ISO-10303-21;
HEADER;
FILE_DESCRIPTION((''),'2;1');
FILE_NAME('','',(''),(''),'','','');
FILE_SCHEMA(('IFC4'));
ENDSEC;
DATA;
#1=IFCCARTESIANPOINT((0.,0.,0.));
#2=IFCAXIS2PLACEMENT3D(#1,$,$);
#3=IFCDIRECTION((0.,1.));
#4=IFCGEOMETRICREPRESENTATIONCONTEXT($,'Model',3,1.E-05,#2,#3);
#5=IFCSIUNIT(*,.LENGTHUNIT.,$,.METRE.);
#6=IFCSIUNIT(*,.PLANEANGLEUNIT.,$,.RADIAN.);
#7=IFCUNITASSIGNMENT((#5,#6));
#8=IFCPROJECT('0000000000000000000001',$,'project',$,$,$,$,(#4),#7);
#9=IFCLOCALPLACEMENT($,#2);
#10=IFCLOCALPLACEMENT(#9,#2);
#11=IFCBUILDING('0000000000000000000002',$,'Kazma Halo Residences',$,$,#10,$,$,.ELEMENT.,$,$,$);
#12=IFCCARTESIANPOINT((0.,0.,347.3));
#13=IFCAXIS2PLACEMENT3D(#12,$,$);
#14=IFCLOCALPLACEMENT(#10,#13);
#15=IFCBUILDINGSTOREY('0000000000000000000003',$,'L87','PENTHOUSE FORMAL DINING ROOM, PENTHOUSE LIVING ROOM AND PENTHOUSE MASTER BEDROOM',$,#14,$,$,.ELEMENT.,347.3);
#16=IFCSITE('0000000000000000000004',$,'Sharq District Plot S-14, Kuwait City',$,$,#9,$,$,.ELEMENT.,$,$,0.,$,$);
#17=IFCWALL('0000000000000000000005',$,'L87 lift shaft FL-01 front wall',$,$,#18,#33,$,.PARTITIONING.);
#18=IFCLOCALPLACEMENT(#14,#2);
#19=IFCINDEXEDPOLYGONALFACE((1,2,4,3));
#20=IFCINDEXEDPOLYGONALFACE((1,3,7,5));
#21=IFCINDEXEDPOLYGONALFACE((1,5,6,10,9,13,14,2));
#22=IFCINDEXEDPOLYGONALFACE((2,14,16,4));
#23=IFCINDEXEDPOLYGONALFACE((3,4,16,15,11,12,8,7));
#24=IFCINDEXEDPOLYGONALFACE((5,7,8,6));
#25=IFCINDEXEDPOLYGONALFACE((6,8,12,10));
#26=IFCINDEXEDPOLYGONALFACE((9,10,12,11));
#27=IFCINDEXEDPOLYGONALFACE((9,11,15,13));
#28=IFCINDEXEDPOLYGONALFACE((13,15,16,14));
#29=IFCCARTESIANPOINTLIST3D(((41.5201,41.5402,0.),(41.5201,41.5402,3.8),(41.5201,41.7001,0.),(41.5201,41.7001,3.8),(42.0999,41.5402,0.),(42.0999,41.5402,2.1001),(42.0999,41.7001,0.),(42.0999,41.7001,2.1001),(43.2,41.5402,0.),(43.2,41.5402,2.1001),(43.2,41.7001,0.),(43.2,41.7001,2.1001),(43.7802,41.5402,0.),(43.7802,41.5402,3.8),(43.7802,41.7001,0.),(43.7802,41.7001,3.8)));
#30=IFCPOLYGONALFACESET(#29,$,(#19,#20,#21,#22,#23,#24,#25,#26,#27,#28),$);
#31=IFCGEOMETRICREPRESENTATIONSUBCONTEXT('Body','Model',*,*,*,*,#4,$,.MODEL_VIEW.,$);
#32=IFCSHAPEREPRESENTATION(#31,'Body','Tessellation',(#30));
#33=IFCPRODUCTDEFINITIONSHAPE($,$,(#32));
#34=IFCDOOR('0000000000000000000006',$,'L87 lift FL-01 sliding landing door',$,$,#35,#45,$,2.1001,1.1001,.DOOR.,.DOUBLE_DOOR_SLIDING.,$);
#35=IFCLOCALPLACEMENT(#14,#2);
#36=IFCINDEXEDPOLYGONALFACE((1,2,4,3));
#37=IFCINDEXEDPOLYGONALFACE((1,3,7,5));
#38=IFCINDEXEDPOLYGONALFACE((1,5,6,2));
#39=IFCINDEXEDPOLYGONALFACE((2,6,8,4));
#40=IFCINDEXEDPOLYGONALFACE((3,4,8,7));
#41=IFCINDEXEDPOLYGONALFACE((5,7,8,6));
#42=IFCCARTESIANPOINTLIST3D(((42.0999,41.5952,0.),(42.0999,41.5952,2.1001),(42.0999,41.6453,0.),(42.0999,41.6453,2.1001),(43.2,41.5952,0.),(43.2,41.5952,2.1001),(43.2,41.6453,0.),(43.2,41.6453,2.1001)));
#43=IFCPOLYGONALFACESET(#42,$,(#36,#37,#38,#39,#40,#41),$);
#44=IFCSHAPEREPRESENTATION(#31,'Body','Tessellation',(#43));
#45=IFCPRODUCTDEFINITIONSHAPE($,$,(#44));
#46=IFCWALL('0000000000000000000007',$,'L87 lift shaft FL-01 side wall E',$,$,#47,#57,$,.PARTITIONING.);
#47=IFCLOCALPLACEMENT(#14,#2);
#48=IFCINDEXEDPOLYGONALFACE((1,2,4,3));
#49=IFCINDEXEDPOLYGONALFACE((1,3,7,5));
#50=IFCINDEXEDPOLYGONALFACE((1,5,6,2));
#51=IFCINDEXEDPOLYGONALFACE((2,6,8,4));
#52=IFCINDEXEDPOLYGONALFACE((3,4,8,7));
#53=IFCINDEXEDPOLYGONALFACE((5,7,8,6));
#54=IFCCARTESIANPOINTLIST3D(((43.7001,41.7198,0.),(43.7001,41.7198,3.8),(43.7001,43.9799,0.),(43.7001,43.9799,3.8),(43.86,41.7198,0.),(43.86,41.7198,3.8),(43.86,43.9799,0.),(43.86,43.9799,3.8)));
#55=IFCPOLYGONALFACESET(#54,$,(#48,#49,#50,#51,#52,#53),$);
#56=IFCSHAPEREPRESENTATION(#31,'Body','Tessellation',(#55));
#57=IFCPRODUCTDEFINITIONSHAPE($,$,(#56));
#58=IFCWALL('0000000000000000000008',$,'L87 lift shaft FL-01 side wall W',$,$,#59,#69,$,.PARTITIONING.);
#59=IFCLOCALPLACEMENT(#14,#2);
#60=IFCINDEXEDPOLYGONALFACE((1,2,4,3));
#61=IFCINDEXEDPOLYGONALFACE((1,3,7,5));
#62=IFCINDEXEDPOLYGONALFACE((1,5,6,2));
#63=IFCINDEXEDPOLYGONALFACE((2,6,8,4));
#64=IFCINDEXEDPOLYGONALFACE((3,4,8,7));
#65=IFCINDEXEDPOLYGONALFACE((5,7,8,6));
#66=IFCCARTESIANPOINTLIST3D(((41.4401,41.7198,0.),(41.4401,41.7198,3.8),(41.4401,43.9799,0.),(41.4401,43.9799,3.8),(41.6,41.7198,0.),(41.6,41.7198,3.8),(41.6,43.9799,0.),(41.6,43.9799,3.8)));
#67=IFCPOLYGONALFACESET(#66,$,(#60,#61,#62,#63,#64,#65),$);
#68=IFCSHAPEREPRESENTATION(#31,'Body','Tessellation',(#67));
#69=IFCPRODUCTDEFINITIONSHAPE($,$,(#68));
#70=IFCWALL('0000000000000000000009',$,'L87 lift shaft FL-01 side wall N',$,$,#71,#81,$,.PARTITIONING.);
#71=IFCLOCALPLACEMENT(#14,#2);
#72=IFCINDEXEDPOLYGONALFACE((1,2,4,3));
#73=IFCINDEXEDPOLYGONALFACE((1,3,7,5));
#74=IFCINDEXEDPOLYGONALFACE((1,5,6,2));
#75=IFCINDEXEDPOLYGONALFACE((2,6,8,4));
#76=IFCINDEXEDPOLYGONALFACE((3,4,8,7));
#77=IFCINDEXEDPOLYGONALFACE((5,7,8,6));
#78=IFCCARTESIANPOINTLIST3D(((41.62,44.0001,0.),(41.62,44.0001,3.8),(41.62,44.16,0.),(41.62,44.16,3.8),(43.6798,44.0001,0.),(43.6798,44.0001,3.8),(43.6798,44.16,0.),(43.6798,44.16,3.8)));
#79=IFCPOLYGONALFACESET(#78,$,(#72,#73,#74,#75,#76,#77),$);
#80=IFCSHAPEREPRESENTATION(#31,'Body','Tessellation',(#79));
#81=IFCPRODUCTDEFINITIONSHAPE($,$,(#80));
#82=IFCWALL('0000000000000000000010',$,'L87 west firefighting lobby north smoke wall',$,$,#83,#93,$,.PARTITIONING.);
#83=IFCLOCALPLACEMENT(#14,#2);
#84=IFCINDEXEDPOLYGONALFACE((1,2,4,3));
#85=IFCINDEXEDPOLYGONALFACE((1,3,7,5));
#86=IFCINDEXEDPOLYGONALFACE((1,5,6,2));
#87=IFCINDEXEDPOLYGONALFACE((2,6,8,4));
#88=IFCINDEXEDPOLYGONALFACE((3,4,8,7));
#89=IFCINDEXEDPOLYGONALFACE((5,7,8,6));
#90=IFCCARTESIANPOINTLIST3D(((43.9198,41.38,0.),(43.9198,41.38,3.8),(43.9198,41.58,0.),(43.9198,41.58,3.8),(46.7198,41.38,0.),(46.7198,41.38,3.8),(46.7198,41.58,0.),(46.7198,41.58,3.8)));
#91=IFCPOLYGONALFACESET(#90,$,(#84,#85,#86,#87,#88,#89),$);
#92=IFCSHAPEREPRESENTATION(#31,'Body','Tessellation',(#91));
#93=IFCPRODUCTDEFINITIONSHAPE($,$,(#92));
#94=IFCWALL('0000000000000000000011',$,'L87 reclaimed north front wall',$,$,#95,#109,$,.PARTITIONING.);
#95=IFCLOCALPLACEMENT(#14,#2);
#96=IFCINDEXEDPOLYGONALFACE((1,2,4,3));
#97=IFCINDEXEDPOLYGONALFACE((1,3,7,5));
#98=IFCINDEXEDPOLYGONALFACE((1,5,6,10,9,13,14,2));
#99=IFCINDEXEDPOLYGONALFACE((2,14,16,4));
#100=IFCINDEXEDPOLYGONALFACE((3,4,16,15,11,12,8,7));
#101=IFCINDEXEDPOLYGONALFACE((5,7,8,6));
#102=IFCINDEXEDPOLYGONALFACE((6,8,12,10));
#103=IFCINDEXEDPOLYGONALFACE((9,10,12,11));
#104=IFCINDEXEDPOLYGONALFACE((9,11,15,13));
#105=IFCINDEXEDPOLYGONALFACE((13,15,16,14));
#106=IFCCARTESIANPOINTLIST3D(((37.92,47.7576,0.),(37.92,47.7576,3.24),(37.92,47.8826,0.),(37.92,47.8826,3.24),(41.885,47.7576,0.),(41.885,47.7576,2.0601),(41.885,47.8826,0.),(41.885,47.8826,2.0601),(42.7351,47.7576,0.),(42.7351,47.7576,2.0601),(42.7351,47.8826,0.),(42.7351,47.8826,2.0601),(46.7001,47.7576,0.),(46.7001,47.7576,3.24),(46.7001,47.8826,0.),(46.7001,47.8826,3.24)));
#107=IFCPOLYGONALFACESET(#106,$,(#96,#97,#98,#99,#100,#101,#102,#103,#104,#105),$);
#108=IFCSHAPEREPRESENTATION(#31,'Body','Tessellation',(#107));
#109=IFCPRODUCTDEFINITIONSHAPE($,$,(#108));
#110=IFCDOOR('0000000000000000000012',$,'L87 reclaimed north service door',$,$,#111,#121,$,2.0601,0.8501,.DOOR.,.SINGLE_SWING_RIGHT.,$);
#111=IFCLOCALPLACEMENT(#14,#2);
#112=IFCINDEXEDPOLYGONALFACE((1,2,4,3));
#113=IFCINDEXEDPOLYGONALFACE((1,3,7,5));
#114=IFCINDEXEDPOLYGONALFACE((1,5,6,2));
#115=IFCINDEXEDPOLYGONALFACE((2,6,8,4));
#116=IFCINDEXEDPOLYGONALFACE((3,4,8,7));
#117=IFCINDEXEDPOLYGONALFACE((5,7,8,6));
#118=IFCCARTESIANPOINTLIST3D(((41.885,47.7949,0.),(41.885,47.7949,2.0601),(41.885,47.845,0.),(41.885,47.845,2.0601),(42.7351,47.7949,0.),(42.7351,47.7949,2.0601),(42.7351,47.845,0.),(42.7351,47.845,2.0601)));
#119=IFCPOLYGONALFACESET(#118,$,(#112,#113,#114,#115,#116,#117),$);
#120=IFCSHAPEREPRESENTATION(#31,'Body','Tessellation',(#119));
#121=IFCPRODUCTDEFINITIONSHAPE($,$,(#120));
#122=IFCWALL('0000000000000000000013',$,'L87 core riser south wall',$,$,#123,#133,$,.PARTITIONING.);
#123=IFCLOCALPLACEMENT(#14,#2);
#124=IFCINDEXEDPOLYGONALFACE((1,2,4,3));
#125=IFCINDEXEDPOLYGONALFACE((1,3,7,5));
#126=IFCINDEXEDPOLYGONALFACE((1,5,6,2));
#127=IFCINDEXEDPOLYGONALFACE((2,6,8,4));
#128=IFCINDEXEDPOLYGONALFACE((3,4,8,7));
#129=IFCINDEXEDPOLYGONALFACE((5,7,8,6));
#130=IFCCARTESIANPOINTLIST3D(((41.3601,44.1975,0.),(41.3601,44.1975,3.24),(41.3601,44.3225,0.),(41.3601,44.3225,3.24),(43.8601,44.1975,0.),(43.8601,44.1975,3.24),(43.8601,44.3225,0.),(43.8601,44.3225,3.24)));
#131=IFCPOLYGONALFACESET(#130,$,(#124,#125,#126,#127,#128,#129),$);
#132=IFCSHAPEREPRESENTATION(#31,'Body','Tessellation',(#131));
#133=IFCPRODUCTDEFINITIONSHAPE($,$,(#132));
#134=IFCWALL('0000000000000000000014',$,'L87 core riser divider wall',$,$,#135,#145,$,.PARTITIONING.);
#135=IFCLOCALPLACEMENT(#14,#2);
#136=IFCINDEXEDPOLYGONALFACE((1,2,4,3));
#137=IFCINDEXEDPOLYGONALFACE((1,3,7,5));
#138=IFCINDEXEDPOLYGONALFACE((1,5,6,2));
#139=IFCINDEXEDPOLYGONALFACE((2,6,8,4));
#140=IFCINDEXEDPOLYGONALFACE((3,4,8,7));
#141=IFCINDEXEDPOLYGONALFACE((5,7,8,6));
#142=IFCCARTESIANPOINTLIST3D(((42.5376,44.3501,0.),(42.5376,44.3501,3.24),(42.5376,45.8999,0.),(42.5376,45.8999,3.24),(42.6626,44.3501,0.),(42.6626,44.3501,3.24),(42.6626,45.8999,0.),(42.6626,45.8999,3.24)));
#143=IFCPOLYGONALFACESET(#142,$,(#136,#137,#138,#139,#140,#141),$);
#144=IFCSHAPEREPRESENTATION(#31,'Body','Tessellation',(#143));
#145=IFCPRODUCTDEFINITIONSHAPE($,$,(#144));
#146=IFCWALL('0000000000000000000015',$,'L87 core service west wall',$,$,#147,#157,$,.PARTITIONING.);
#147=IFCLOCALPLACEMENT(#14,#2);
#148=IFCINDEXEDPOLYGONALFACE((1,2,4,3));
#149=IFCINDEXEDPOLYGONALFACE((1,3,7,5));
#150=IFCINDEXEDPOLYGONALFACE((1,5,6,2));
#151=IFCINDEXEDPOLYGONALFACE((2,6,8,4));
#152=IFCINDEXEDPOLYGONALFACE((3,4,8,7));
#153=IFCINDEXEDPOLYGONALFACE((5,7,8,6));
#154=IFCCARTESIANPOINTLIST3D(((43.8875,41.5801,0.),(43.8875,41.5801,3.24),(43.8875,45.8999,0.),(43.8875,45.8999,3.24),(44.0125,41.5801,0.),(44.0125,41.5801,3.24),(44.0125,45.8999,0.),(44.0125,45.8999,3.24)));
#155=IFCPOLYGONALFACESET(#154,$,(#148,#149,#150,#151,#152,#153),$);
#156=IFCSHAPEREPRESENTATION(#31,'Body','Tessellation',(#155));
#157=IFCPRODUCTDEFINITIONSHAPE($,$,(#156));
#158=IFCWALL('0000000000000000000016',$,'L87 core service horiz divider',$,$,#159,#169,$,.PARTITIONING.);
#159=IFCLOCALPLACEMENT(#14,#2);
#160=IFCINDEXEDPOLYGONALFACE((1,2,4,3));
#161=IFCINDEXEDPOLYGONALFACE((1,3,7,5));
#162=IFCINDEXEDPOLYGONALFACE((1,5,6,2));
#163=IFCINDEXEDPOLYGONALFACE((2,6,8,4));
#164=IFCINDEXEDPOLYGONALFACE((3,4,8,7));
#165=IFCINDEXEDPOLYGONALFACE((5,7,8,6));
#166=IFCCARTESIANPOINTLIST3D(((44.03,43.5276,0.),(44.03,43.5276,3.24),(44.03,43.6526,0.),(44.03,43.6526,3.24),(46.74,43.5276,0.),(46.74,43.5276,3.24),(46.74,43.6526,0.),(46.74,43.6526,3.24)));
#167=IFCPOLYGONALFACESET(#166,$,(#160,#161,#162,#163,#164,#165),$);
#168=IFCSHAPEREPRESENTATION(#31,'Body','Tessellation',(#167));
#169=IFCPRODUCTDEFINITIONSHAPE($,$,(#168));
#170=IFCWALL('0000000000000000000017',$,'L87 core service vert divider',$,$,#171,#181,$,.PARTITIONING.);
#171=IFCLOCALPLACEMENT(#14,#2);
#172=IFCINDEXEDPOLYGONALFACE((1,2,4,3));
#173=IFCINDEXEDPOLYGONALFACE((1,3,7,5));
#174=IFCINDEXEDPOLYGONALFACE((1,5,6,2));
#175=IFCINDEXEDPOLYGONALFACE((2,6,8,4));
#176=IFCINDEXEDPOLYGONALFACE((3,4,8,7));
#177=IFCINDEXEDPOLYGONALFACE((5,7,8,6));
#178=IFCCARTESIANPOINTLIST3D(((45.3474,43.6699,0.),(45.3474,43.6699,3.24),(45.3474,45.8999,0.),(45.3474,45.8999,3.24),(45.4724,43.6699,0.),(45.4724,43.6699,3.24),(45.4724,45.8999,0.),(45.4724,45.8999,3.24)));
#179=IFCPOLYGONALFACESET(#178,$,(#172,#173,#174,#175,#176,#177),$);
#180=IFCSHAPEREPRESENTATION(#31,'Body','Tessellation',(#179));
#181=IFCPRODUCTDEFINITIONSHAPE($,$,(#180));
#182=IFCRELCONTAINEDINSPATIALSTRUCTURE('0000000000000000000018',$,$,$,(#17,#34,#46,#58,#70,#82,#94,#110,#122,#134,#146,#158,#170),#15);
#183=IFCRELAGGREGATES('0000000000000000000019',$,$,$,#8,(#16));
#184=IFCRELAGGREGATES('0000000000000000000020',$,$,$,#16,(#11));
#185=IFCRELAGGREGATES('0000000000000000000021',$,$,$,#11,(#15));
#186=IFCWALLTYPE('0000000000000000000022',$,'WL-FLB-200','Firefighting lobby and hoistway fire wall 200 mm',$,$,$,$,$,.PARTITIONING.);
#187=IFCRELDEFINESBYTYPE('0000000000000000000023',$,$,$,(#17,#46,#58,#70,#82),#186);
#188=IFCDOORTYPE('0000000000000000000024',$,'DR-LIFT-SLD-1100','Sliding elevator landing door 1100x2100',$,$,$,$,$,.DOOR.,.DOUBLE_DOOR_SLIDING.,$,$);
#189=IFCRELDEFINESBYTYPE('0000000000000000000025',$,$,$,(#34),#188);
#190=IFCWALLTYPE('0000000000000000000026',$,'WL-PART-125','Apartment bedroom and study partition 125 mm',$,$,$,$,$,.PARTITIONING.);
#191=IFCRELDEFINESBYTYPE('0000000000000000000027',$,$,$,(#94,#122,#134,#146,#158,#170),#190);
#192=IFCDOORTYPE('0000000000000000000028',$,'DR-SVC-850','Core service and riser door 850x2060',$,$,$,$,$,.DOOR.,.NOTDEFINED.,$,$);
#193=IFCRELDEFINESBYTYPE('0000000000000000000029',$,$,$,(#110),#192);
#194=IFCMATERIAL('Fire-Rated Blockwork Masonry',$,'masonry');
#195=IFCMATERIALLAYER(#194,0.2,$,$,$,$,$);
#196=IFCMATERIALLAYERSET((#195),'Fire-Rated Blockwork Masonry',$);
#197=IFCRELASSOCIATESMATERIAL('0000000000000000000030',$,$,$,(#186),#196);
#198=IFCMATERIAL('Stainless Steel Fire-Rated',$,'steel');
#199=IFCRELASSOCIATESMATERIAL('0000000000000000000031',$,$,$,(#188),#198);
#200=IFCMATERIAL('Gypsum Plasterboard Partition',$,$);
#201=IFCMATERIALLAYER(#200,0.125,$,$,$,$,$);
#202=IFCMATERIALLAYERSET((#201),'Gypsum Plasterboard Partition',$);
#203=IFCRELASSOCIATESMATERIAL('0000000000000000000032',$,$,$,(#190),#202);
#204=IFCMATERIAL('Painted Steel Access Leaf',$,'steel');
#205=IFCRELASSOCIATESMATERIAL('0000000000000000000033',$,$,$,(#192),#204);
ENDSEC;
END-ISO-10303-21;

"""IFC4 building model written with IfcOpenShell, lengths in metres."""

from ifc_helpers import new_model, si_unit, direction, frame, frame_2d, origin, place, context, subcontext, project, spatial, rectangle, extrude, material, layer, layer_set, type_object, element, fill, save


model = new_model("IFC4")

# Units and contexts
model_context = context("Model", 3, precision=1e-05, world=origin(), true_north=direction((0.0, 1.0)))
body_context = subcontext(model_context, "Body", "Model", "MODEL_VIEW")
ifc_project = project(units=[si_unit("LENGTHUNIT", "METRE"), si_unit("PLANEANGLEUNIT", "RADIAN")], contexts=[model_context])

# Site, building, storey
site_placement = place(None, origin())
site = spatial("IfcSite", under=ifc_project, at=site_placement, Name="Sharq District Plot S-14, Kuwait City", CompositionType="ELEMENT", RefElevation=0.0)
building_placement = place(site_placement, origin())
building = spatial("IfcBuilding", under=site, at=building_placement, Name="Kazma Halo Residences", CompositionType="ELEMENT")
storey_placement = place(building_placement, frame((0.0, 0.0, 347.3)))
storey = spatial("IfcBuildingStorey", under=building, at=storey_placement, Name="L87", Description="PENTHOUSE FORMAL DINING ROOM, PENTHOUSE LIVING ROOM AND PENTHOUSE MASTER BEDROOM", CompositionType="ELEMENT", Elevation=347.3)

# Wall, opening, door
ifc_material_1 = material(Name="Fire-Rated Blockwork Masonry", Category="masonry")
ifc_layer_1 = layer(ifc_material_1, 0.2)
ifc_layer_set_1 = layer_set([ifc_layer_1], Name="Fire-Rated Blockwork Masonry")
wall_type_1 = type_object("IfcWallType", Name="WL-FLB-200", Description="Firefighting lobby and hoistway fire wall 200 mm", PredefinedType="PARTITIONING", material=ifc_layer_set_1)
wall_1_placement = place(storey_placement, frame((43.78, 41.6201, 0.0), z_axis=(0.0, 0.0, 1.0), x_axis=(-1.0, 0.0, 0.0)))
wall_1 = element("IfcWall", 1, at=wall_1_placement, inside=storey, type_object=wall_type_1, Name="L87 lift shaft FL-01 front wall", PredefinedType="PARTITIONING", context=body_context, shape_type="SweptSolid", body=[
    extrude(rectangle(XDim=2.26, YDim=0.1599, at=frame_2d((1.1299, 0.0))), origin(), (0.0, 0.0, 1.0), 3.8),
])
opening_1_placement = place(wall_1_placement, frame((0.5801, 0.0, 0.0)))
opening_1 = element("IfcOpeningElement", 2, at=opening_1_placement, cuts=wall_1, PredefinedType="OPENING", context=body_context, shape_type="SweptSolid", body=[
    extrude(rectangle(XDim=1.1001, YDim=2.1001, at=frame_2d((0.55, 1.05))), frame((0.0, 0.0898, 0.0), z_axis=(0.0, -1.0, 0.0), x_axis=(1.0, 0.0, 0.0)), (0.0, 0.0, 1.0), 0.1799),
])
ifc_material_2 = material(Name="Stainless Steel Fire-Rated", Category="steel")
door_type_1 = type_object("IfcDoorType", Name="DR-LIFT-SLD-1100", Description="Sliding elevator landing door 1100x2100", OperationType="DOUBLE_DOOR_SLIDING", PredefinedType="DOOR", material=ifc_material_2)
door_1_placement = place(opening_1_placement, origin())
door_1 = element("IfcDoor", 3, at=door_1_placement, inside=storey, type_object=door_type_1, Name="L87 lift FL-01 sliding landing door", OperationType="DOUBLE_DOOR_SLIDING", OverallHeight=2.1001, OverallWidth=1.1001, PredefinedType="DOOR", context=body_context, shape_type="SweptSolid", body=[
    extrude(rectangle(XDim=1.1001, YDim=2.1001, at=frame_2d((0.55, 1.05))), frame((0.0, 0.0249, 0.0), z_axis=(0.0, -1.0, 0.0), x_axis=(1.0, 0.0, 0.0)), (0.0, 0.0, 1.0), 0.05),
])
fill(opening_1, door_1)

# Walls
for number, where, z_axis, x_axis, name in (
    (4, (43.78, 41.72, 0.0), (0.0, 0.0, 1.0), (0.0, 1.0, 0.0), "L87 lift shaft FL-01 side wall E"),
    (5, (41.52, 41.72, 0.0), (0.0, 0.0, 1.0), (0.0, 1.0, 0.0), "L87 lift shaft FL-01 side wall W"),
):
    element("IfcWall", number, at=place(storey_placement, frame(where, z_axis=z_axis, x_axis=x_axis)), inside=storey, type_object=wall_type_1, Name=name, PredefinedType="PARTITIONING", context=body_context, shape_type="SweptSolid", body=[
        extrude(rectangle(XDim=2.26, YDim=0.1599, at=frame_2d((1.1299, 0.0))), origin(), (0.0, 0.0, 1.0), 3.8),
    ])
wall_2_placement = place(storey_placement, frame((41.6201, 44.0801, 0.0), z_axis=(0.0, 0.0, 1.0), x_axis=(1.0, 0.0, 0.0)))
element("IfcWall", 6, at=wall_2_placement, inside=storey, type_object=wall_type_1, Name="L87 lift shaft FL-01 side wall N", PredefinedType="PARTITIONING", context=body_context, shape_type="SweptSolid", body=[
    extrude(rectangle(XDim=2.0598, YDim=0.1599, at=frame_2d((1.0298, 0.0))), origin(), (0.0, 0.0, 1.0), 3.8),
])
wall_3_placement = place(storey_placement, frame((43.9199, 41.48, 0.0), z_axis=(0.0, 0.0, 1.0), x_axis=(1.0, 0.0, 0.0)))
element("IfcWall", 7, at=wall_3_placement, inside=storey, type_object=wall_type_1, Name="L87 west firefighting lobby north smoke wall", PredefinedType="PARTITIONING", context=body_context, shape_type="SweptSolid", body=[
    extrude(rectangle(XDim=2.8, YDim=0.2, at=frame_2d((1.3999, 0.0))), origin(), (0.0, 0.0, 1.0), 3.8),
])

# Wall, opening, door
ifc_material_3 = material(Name="Gypsum Plasterboard Partition")
ifc_layer_2 = layer(ifc_material_3, 0.125)
ifc_layer_set_2 = layer_set([ifc_layer_2], Name="Gypsum Plasterboard Partition")
wall_type_2 = type_object("IfcWallType", Name="WL-PART-125", Description="Apartment bedroom and study partition 125 mm", PredefinedType="PARTITIONING", material=ifc_layer_set_2)
wall_4_placement = place(storey_placement, frame((37.9199, 47.8201, 0.0), z_axis=(0.0, 0.0, 1.0), x_axis=(1.0, 0.0, 0.0)))
wall_4 = element("IfcWall", 8, at=wall_4_placement, inside=storey, type_object=wall_type_2, Name="L87 reclaimed north front wall", PredefinedType="PARTITIONING", context=body_context, shape_type="SweptSolid", body=[
    extrude(rectangle(XDim=8.78, YDim=0.125, at=frame_2d((4.3901, 0.0))), origin(), (0.0, 0.0, 1.0), 3.24),
])
opening_2_placement = place(wall_4_placement, frame((3.9651, 0.0, 0.0)))
opening_2 = element("IfcOpeningElement", 9, at=opening_2_placement, cuts=wall_4, PredefinedType="OPENING", context=body_context, shape_type="SweptSolid", body=[
    extrude(rectangle(XDim=0.8501, YDim=2.0601, at=frame_2d((0.425, 1.03))), frame((0.0, 0.0725, 0.0), z_axis=(0.0, -1.0, 0.0), x_axis=(1.0, 0.0, 0.0)), (0.0, 0.0, 1.0), 0.145),
])
ifc_material_4 = material(Name="Painted Steel Access Leaf", Category="steel")
door_type_2 = type_object("IfcDoorType", Name="DR-SVC-850", Description="Core service and riser door 850x2060", OperationType="NOTDEFINED", PredefinedType="DOOR", material=ifc_material_4)
door_2_placement = place(opening_2_placement, origin())
door_2 = element("IfcDoor", 10, at=door_2_placement, inside=storey, type_object=door_type_2, Name="L87 reclaimed north service door", OperationType="SINGLE_SWING_RIGHT", OverallHeight=2.0601, OverallWidth=0.8501, PredefinedType="DOOR", context=body_context, shape_type="SweptSolid", body=[
    extrude(rectangle(XDim=0.8501, YDim=2.0601, at=frame_2d((0.425, 1.03))), frame((0.0, 0.0249, 0.0), z_axis=(0.0, -1.0, 0.0), x_axis=(1.0, 0.0, 0.0)), (0.0, 0.0, 1.0), 0.05),
])
fill(opening_2, door_2)

# Walls
wall_5_placement = place(storey_placement, frame((41.3601, 44.26, 0.0), z_axis=(0.0, 0.0, 1.0), x_axis=(1.0, 0.0, 0.0)))
element("IfcWall", 11, at=wall_5_placement, inside=storey, type_object=wall_type_2, Name="L87 core riser south wall", PredefinedType="PARTITIONING", context=body_context, shape_type="SweptSolid", body=[
    extrude(rectangle(XDim=2.5, YDim=0.125, at=frame_2d((1.25, 0.0))), origin(), (0.0, 0.0, 1.0), 3.24),
])
wall_6_placement = place(storey_placement, frame((42.6001, 44.3501, 0.0), z_axis=(0.0, 0.0, 1.0), x_axis=(0.0, 1.0, 0.0)))
element("IfcWall", 12, at=wall_6_placement, inside=storey, type_object=wall_type_2, Name="L87 core riser divider wall", PredefinedType="PARTITIONING", context=body_context, shape_type="SweptSolid", body=[
    extrude(rectangle(XDim=1.5498, YDim=0.125, at=frame_2d((0.7749, 0.0))), origin(), (0.0, 0.0, 1.0), 3.24),
])
wall_7_placement = place(storey_placement, frame((43.95, 41.5801, 0.0), z_axis=(0.0, 0.0, 1.0), x_axis=(0.0, 1.0, 0.0)))
element("IfcWall", 13, at=wall_7_placement, inside=storey, type_object=wall_type_2, Name="L87 core service west wall", PredefinedType="PARTITIONING", context=body_context, shape_type="SweptSolid", body=[
    extrude(rectangle(XDim=4.3198, YDim=0.125, at=frame_2d((2.1599, 0.0))), origin(), (0.0, 0.0, 1.0), 3.24),
])
wall_8_placement = place(storey_placement, frame((44.03, 43.5901, 0.0), z_axis=(0.0, 0.0, 1.0), x_axis=(1.0, 0.0, 0.0)))
element("IfcWall", 14, at=wall_8_placement, inside=storey, type_object=wall_type_2, Name="L87 core service horiz divider", PredefinedType="PARTITIONING", context=body_context, shape_type="SweptSolid", body=[
    extrude(rectangle(XDim=2.71, YDim=0.125, at=frame_2d((1.355, 0.0))), origin(), (0.0, 0.0, 1.0), 3.24),
])
wall_9_placement = place(storey_placement, frame((45.4099, 43.6699, 0.0), z_axis=(0.0, 0.0, 1.0), x_axis=(0.0, 1.0, 0.0)))
element("IfcWall", 15, at=wall_9_placement, inside=storey, type_object=wall_type_2, Name="L87 core service vert divider", PredefinedType="PARTITIONING", context=body_context, shape_type="SweptSolid", body=[
    extrude(rectangle(XDim=2.23, YDim=0.125, at=frame_2d((1.115, 0.0))), origin(), (0.0, 0.0, 1.0), 3.24),
])

save(model, "model.ifc")
